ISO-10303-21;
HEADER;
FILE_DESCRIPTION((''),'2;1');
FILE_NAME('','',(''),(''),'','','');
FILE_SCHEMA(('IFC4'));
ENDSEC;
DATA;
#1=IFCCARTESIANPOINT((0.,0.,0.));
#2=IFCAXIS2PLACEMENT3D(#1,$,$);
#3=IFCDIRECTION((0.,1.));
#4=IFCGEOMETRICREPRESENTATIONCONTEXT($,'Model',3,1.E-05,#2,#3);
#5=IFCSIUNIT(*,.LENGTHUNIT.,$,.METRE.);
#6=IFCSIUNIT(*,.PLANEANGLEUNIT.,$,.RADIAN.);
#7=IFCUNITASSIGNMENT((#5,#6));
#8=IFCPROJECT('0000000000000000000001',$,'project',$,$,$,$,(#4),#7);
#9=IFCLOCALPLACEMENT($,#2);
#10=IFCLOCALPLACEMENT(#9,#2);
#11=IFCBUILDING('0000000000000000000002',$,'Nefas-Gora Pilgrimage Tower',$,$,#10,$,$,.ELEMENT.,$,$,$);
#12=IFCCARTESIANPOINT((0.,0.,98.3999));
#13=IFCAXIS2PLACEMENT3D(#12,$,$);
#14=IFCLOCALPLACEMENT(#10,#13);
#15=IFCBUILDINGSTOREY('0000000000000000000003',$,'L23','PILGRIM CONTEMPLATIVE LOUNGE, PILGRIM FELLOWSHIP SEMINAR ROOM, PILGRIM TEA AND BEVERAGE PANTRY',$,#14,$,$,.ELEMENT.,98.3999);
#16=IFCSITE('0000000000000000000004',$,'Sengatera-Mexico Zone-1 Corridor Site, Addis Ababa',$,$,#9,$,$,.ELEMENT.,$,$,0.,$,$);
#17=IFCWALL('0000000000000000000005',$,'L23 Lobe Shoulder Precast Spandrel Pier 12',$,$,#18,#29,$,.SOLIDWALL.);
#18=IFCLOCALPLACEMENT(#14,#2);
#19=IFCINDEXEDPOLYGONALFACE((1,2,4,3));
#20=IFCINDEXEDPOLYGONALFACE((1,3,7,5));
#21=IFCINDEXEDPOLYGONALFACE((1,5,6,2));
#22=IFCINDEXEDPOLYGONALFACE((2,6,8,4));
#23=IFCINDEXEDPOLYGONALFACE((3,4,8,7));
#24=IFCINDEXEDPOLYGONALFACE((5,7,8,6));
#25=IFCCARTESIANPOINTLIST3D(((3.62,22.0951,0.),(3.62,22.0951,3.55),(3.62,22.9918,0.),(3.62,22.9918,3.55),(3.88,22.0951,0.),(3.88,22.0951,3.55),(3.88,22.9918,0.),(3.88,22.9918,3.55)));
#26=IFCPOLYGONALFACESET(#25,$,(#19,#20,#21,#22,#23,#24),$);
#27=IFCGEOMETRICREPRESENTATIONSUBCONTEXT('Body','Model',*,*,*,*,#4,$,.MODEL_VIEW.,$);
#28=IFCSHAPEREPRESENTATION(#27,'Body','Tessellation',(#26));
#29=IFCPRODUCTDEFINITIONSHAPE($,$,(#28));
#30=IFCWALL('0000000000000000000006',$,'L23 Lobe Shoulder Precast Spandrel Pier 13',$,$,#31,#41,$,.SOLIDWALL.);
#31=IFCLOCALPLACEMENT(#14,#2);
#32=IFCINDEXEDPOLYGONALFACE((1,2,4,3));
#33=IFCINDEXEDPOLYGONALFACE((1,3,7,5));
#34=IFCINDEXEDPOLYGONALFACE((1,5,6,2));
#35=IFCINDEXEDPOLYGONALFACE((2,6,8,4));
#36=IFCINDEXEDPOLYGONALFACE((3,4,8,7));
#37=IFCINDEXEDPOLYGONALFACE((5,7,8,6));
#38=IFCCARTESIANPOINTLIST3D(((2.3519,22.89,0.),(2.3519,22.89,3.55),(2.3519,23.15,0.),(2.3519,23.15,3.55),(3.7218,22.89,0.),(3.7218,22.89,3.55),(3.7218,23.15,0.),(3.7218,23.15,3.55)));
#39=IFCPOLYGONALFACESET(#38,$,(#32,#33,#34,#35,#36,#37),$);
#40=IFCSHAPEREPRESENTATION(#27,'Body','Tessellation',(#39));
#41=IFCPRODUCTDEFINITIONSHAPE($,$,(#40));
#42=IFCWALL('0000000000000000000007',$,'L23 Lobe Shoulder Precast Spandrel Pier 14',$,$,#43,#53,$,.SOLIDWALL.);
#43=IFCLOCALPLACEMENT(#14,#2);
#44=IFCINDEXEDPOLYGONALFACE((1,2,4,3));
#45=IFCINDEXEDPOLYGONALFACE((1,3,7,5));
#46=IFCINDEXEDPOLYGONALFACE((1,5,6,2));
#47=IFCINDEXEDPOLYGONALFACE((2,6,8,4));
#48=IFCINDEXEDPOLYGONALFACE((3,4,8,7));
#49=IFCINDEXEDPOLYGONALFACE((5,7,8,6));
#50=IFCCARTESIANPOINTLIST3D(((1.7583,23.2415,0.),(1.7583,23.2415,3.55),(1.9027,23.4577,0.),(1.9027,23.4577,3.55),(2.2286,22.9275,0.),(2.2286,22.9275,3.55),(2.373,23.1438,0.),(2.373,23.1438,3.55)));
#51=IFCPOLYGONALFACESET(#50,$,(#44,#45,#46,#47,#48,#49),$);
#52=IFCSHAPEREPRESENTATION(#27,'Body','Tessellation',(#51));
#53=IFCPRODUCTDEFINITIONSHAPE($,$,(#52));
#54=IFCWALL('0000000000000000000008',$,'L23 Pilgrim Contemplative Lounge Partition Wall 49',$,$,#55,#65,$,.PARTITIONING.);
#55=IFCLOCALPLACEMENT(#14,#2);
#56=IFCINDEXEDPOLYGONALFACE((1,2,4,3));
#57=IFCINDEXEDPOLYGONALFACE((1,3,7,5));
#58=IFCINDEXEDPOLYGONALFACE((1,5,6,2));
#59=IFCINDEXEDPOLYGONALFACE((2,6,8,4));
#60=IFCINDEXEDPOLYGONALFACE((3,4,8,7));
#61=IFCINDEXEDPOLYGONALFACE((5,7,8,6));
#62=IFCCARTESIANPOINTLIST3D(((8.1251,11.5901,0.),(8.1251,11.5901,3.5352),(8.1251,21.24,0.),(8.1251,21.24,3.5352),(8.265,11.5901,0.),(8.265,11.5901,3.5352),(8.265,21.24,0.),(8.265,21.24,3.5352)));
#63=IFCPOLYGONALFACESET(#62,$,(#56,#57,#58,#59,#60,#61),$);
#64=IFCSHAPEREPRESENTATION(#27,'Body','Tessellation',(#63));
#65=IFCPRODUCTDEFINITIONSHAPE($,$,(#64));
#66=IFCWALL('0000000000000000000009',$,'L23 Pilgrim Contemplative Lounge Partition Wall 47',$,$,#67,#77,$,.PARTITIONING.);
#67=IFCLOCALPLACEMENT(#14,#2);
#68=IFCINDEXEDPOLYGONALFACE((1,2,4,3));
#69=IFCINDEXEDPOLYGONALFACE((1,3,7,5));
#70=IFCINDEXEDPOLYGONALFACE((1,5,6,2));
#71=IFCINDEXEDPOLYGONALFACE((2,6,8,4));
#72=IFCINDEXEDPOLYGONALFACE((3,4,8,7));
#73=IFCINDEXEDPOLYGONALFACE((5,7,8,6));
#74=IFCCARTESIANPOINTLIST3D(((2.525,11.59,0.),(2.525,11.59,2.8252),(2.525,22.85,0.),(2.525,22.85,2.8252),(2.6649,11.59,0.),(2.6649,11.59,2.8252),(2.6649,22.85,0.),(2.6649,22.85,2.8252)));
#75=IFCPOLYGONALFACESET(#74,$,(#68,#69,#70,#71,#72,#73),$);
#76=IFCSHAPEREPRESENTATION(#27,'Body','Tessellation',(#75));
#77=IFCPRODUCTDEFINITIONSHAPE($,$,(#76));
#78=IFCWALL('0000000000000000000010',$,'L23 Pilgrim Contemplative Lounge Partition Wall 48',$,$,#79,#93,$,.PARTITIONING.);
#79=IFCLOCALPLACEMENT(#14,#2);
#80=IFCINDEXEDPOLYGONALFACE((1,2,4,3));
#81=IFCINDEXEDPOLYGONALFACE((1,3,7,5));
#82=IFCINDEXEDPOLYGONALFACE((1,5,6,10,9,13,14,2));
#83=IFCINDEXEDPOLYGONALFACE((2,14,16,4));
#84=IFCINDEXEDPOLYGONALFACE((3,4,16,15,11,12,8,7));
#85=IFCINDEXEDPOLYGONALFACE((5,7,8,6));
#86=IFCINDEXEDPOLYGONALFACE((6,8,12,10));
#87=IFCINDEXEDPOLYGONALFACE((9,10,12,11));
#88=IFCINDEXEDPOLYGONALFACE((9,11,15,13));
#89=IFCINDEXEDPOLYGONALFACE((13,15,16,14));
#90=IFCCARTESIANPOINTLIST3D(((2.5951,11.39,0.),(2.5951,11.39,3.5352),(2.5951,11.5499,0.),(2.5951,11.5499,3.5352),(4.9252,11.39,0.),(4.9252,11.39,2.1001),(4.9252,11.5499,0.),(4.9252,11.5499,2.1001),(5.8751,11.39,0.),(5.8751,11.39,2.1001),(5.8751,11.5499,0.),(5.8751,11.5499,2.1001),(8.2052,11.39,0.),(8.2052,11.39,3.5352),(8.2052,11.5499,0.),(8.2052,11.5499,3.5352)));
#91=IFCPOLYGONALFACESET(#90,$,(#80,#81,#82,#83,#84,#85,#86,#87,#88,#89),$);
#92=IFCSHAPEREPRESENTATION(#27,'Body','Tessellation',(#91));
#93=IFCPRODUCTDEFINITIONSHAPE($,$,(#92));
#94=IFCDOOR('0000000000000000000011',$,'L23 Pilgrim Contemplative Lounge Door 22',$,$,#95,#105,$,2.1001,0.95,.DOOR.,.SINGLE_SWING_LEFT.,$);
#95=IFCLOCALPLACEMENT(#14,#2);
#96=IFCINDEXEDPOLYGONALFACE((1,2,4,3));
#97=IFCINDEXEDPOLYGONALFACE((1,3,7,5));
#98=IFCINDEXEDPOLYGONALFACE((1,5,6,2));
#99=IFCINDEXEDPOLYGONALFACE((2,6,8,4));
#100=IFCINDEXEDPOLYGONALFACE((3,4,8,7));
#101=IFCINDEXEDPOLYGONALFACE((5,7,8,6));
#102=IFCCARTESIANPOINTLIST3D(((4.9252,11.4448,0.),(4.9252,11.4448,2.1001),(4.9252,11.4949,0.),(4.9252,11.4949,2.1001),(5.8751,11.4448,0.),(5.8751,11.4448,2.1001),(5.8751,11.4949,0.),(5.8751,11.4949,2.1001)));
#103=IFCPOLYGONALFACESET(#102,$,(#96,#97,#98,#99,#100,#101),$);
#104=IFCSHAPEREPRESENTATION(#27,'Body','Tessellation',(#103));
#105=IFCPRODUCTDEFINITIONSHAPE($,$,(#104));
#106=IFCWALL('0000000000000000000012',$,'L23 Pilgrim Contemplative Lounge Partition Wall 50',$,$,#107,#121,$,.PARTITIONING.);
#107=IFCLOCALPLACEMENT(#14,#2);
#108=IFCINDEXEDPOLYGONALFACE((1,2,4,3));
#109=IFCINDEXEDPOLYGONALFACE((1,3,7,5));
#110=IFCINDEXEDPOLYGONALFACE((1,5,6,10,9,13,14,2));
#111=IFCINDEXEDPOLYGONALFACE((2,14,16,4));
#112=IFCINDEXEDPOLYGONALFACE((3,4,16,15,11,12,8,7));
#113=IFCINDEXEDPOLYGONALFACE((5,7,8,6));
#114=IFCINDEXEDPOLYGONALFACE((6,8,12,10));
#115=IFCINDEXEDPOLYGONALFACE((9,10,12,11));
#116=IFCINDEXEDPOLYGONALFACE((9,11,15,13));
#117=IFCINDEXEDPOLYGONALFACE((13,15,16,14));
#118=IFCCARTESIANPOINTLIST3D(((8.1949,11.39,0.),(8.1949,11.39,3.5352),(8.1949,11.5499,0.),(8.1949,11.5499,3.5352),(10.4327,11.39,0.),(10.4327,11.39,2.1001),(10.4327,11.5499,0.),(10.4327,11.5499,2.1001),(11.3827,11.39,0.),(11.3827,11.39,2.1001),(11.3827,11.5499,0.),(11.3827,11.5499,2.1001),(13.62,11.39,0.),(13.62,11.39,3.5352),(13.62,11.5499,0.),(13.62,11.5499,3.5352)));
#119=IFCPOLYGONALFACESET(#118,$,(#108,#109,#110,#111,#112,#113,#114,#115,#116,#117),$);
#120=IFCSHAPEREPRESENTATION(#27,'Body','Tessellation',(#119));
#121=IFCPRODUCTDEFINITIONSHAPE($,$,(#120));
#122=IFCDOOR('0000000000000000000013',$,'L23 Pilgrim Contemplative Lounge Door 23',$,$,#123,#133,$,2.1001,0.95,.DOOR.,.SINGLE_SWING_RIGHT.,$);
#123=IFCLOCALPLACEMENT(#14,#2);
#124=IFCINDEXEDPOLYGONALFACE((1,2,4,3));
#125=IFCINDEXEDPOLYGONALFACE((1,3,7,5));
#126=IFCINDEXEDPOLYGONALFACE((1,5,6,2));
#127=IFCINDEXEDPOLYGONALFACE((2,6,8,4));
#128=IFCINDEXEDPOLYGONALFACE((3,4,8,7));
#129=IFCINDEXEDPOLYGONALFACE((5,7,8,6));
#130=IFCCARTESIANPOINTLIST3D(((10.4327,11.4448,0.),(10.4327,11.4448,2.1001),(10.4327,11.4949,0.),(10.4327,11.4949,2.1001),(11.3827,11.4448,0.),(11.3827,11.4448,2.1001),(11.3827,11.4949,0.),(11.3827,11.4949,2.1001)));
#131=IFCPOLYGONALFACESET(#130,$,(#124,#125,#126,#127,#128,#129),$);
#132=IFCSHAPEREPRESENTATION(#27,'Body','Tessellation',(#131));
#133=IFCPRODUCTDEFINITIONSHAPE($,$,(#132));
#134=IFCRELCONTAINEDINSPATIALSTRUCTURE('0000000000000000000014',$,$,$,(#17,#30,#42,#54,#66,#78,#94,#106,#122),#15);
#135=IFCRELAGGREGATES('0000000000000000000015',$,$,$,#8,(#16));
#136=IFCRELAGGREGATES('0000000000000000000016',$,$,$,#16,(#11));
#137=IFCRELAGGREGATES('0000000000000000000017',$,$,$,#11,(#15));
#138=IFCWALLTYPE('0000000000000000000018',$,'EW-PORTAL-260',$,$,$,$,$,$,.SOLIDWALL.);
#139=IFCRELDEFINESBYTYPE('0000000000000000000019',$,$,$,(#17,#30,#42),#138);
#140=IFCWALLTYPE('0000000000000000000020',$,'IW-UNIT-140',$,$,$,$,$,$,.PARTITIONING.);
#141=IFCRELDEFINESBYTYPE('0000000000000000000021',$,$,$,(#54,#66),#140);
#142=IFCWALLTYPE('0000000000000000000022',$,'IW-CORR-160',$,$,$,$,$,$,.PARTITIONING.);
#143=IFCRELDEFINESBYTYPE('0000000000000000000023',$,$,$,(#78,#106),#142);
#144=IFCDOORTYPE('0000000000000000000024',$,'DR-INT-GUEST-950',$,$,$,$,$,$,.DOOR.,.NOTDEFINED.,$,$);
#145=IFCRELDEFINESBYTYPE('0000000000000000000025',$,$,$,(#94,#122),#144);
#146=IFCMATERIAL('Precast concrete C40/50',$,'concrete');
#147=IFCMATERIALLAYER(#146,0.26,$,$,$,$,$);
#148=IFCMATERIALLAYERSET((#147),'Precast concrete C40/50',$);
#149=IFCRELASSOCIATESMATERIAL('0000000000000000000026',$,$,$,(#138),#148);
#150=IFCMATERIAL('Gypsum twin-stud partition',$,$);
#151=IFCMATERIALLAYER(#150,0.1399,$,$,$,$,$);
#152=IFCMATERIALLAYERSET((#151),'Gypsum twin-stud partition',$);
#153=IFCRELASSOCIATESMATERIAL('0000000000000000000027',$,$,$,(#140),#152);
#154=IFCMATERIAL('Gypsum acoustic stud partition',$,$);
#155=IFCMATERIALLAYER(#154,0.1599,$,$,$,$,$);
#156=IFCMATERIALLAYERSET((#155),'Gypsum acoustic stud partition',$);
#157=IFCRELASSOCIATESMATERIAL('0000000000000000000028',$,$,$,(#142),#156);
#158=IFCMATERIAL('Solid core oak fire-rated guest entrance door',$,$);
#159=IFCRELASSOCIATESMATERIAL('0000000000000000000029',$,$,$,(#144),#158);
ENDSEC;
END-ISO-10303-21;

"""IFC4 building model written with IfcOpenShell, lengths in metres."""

from ifc_helpers import new_model, si_unit, direction, frame, frame_2d, origin, place, context, subcontext, project, spatial, rectangle, extrude, source, transform, mapped, material, layer, layer_set, type_object, element, fill, save


model = new_model("IFC4")

# Units and contexts
model_context = context("Model", 3, precision=1e-05, world=origin(), true_north=direction((0.0, 1.0)))
body_context = subcontext(model_context, "Body", "Model", "MODEL_VIEW")
ifc_project = project(units=[si_unit("LENGTHUNIT", "METRE"), si_unit("PLANEANGLEUNIT", "RADIAN")], contexts=[model_context])

# Site, building, storey
site_placement = place(None, origin())
site = spatial("IfcSite", under=ifc_project, at=site_placement, Name="Sengatera-Mexico Zone-1 Corridor Site, Addis Ababa", CompositionType="ELEMENT", RefElevation=0.0)
building_placement = place(site_placement, origin())
building = spatial("IfcBuilding", under=site, at=building_placement, Name="Nefas-Gora Pilgrimage Tower", CompositionType="ELEMENT")
storey_placement = place(building_placement, frame((0.0, 0.0, 98.3999)))
storey = spatial("IfcBuildingStorey", under=building, at=storey_placement, Name="L23", Description="PILGRIM CONTEMPLATIVE LOUNGE, PILGRIM FELLOWSHIP SEMINAR ROOM, PILGRIM TEA AND BEVERAGE PANTRY", CompositionType="ELEMENT", Elevation=98.3999)

# Walls
ifc_material_1 = material(Name="Precast concrete C40/50", Category="concrete")
ifc_layer_1 = layer(ifc_material_1, 0.26)
ifc_layer_set_1 = layer_set([ifc_layer_1], Name="Precast concrete C40/50")
wall_type_1 = type_object("IfcWallType", Name="EW-PORTAL-260", PredefinedType="SOLIDWALL", material=ifc_layer_set_1)
shared_shape_1 = source(origin(), body_context, "Body", "SweptSolid", [
    extrude(rectangle(XDim=0.8967, YDim=0.26, at=frame_2d((0.4482, 0.0))), origin(), (0.0, 0.0, 1.0), 3.55),
])
wall_1_placement = place(storey_placement, frame((3.75, 22.0952, 0.0), z_axis=(0.0, 0.0, 1.0), x_axis=(0.0, 1.0, 0.0)))
element("IfcWall", 1, at=wall_1_placement, inside=storey, type_object=wall_type_1, Name="L23 Lobe Shoulder Precast Spandrel Pier 12", PredefinedType="SOLIDWALL", context=body_context, shape_type="MappedRepresentation", body=[
    mapped(shared_shape_1, transform((0.0, 0.0, 0.0), x_axis=(1.0, 0.0, 0.0), y_axis=(0.0, 1.0, 0.0), z_axis=(0.0, 0.0, 1.0), scale=1.0)),
])
shared_shape_2 = source(origin(), body_context, "Body", "SweptSolid", [
    extrude(rectangle(XDim=1.3699, YDim=0.26, at=frame_2d((0.6851, 0.0))), origin(), (0.0, 0.0, 1.0), 3.55),
])
wall_2_placement = place(storey_placement, frame((3.7219, 23.02, 0.0), z_axis=(0.0, 0.0, 1.0), x_axis=(-1.0, 0.0, 0.0)))
element("IfcWall", 2, at=wall_2_placement, inside=storey, type_object=wall_type_1, Name="L23 Lobe Shoulder Precast Spandrel Pier 13", PredefinedType="SOLIDWALL", context=body_context, shape_type="MappedRepresentation", body=[
    mapped(shared_shape_2, transform((0.0, 0.0, 0.0), x_axis=(1.0, 0.0, 0.0), y_axis=(0.0, 1.0, 0.0), z_axis=(0.0, 0.0, 1.0), scale=1.0)),
])
shared_shape_3 = source(origin(), body_context, "Body", "SweptSolid", [
    extrude(rectangle(XDim=0.5654, YDim=0.26, at=frame_2d((0.2827, 0.0))), origin(), (0.0, 0.0, 1.0), 3.55),
])
wall_3_placement = place(storey_placement, frame((2.3008, 23.0356, 0.0), z_axis=(0.0, 0.0, 1.0), x_axis=(-0.831651, 0.555298, 0.0)))
element("IfcWall", 3, at=wall_3_placement, inside=storey, type_object=wall_type_1, Name="L23 Lobe Shoulder Precast Spandrel Pier 14", PredefinedType="SOLIDWALL", context=body_context, shape_type="MappedRepresentation", body=[
    mapped(shared_shape_3, transform((0.0, 0.0, 0.0), x_axis=(1.0, 0.0, 0.0), y_axis=(0.0, 1.0, 0.0), z_axis=(0.0, 0.0, 1.0), scale=1.0)),
])
ifc_material_2 = material(Name="Gypsum twin-stud partition")
ifc_layer_2 = layer(ifc_material_2, 0.1399)
ifc_layer_set_2 = layer_set([ifc_layer_2], Name="Gypsum twin-stud partition")
wall_type_2 = type_object("IfcWallType", Name="IW-UNIT-140", PredefinedType="PARTITIONING", material=ifc_layer_set_2)
shared_shape_4 = source(origin(), body_context, "Body", "SweptSolid", [
    extrude(rectangle(XDim=9.6499, YDim=0.1399, at=frame_2d((4.825, 0.0))), origin(), (0.0, 0.0, 1.0), 3.5352),
])
wall_4_placement = place(storey_placement, frame((8.1951, 11.5901, 0.0), z_axis=(0.0, 0.0, 1.0), x_axis=(0.0, 1.0, 0.0)))
element("IfcWall", 4, at=wall_4_placement, inside=storey, type_object=wall_type_2, Name="L23 Pilgrim Contemplative Lounge Partition Wall 49", PredefinedType="PARTITIONING", context=body_context, shape_type="MappedRepresentation", body=[
    mapped(shared_shape_4, transform((0.0, 0.0, 0.0), x_axis=(1.0, 0.0, 0.0), y_axis=(0.0, 1.0, 0.0), z_axis=(0.0, 0.0, 1.0), scale=1.0)),
])
shared_shape_5 = source(origin(), body_context, "Body", "SweptSolid", [
    extrude(rectangle(XDim=11.26, YDim=0.1399, at=frame_2d((5.6299, 0.0))), origin(), (0.0, 0.0, 1.0), 2.8252),
])
wall_5_placement = place(storey_placement, frame((2.595, 11.5901, 0.0), z_axis=(0.0, 0.0, 1.0), x_axis=(0.0, 1.0, 0.0)))
element("IfcWall", 5, at=wall_5_placement, inside=storey, type_object=wall_type_2, Name="L23 Pilgrim Contemplative Lounge Partition Wall 47", PredefinedType="PARTITIONING", context=body_context, shape_type="MappedRepresentation", body=[
    mapped(shared_shape_5, transform((0.0, 0.0, 0.0), x_axis=(1.0, 0.0, 0.0), y_axis=(0.0, 1.0, 0.0), z_axis=(0.0, 0.0, 1.0), scale=1.0)),
])

# Walls, openings, doors
ifc_material_3 = material(Name="Gypsum acoustic stud partition")
ifc_layer_3 = layer(ifc_material_3, 0.1599)
ifc_layer_set_3 = layer_set([ifc_layer_3], Name="Gypsum acoustic stud partition")
wall_type_3 = type_object("IfcWallType", Name="IW-CORR-160", PredefinedType="PARTITIONING", material=ifc_layer_set_3)
shared_shape_6 = source(origin(), body_context, "Body", "SweptSolid", [
    extrude(rectangle(XDim=5.6101, YDim=0.1599, at=frame_2d((2.8052, 0.0))), origin(), (0.0, 0.0, 1.0), 3.5352),
])
wall_6_placement = place(storey_placement, frame((2.595, 11.47, 0.0), z_axis=(0.0, 0.0, 1.0), x_axis=(1.0, 0.0, 0.0)))
wall_6 = element("IfcWall", 6, at=wall_6_placement, inside=storey, type_object=wall_type_3, Name="L23 Pilgrim Contemplative Lounge Partition Wall 48", PredefinedType="PARTITIONING", context=body_context, shape_type="MappedRepresentation", body=[
    mapped(shared_shape_6, transform((0.0, 0.0, 0.0), x_axis=(1.0, 0.0, 0.0), y_axis=(0.0, 1.0, 0.0), z_axis=(0.0, 0.0, 1.0), scale=1.0)),
])
opening_1_placement = place(wall_6_placement, frame((2.3301, 0.0, 0.0)))
opening_1 = element("IfcOpeningElement", 7, at=opening_1_placement, cuts=wall_6, PredefinedType="OPENING", context=body_context, shape_type="SweptSolid", body=[
    extrude(rectangle(XDim=0.95, YDim=2.1001, at=frame_2d((0.4751, 1.05))), frame((0.0, 0.0898, 0.0), z_axis=(0.0, -1.0, 0.0), x_axis=(1.0, 0.0, 0.0)), (0.0, 0.0, 1.0), 0.1799),
])
ifc_material_4 = material(Name="Solid core oak fire-rated guest entrance door")
door_type = type_object("IfcDoorType", Name="DR-INT-GUEST-950", OperationType="NOTDEFINED", PredefinedType="DOOR", material=ifc_material_4)
shared_shape_7 = source(origin(), body_context, "Body", "SweptSolid", [
    extrude(rectangle(XDim=0.95, YDim=2.1001, at=frame_2d((0.4751, 1.05))), frame((0.0, 0.0249, 0.0), z_axis=(0.0, -1.0, 0.0), x_axis=(1.0, 0.0, 0.0)), (0.0, 0.0, 1.0), 0.05),
])
door_1_placement = place(opening_1_placement, origin())
door_1 = element("IfcDoor", 8, at=door_1_placement, inside=storey, type_object=door_type, Name="L23 Pilgrim Contemplative Lounge Door 22", OperationType="SINGLE_SWING_LEFT", OverallHeight=2.1001, OverallWidth=0.95, PredefinedType="DOOR", context=body_context, shape_type="MappedRepresentation", body=[
    mapped(shared_shape_7, transform((0.0, 0.0, 0.0), x_axis=(1.0, 0.0, 0.0), y_axis=(0.0, 1.0, 0.0), z_axis=(0.0, 0.0, 1.0), scale=1.0)),
])
fill(opening_1, door_1)
shared_shape_8 = source(origin(), body_context, "Body", "SweptSolid", [
    extrude(rectangle(XDim=5.425, YDim=0.1599, at=frame_2d((2.7124, 0.0))), origin(), (0.0, 0.0, 1.0), 3.5352),
])
wall_7_placement = place(storey_placement, frame((8.1951, 11.47, 0.0), z_axis=(0.0, 0.0, 1.0), x_axis=(1.0, 0.0, 0.0)))
wall_7 = element("IfcWall", 9, at=wall_7_placement, inside=storey, type_object=wall_type_3, Name="L23 Pilgrim Contemplative Lounge Partition Wall 50", PredefinedType="PARTITIONING", context=body_context, shape_type="MappedRepresentation", body=[
    mapped(shared_shape_8, transform((0.0, 0.0, 0.0), x_axis=(1.0, 0.0, 0.0), y_axis=(0.0, 1.0, 0.0), z_axis=(0.0, 0.0, 1.0), scale=1.0)),
])
opening_2_placement = place(wall_7_placement, frame((2.2375, 0.0, 0.0)))
opening_2 = element("IfcOpeningElement", 10, at=opening_2_placement, cuts=wall_7, PredefinedType="OPENING", context=body_context, shape_type="SweptSolid", body=[
    extrude(rectangle(XDim=0.95, YDim=2.1001, at=frame_2d((0.4751, 1.05))), frame((0.0, 0.0898, 0.0), z_axis=(0.0, -1.0, 0.0), x_axis=(1.0, 0.0, 0.0)), (0.0, 0.0, 1.0), 0.1799),
])
door_2_placement = place(opening_2_placement, origin())
door_2 = element("IfcDoor", 11, at=door_2_placement, inside=storey, type_object=door_type, Name="L23 Pilgrim Contemplative Lounge Door 23", OperationType="SINGLE_SWING_RIGHT", OverallHeight=2.1001, OverallWidth=0.95, PredefinedType="DOOR", context=body_context, shape_type="MappedRepresentation", body=[
    mapped(shared_shape_7, transform((0.0, 0.0, 0.0), x_axis=(1.0, 0.0, 0.0), y_axis=(0.0, 1.0, 0.0), z_axis=(0.0, 0.0, 1.0), scale=1.0)),
])
fill(opening_2, door_2)

save(model, "model.ifc")
